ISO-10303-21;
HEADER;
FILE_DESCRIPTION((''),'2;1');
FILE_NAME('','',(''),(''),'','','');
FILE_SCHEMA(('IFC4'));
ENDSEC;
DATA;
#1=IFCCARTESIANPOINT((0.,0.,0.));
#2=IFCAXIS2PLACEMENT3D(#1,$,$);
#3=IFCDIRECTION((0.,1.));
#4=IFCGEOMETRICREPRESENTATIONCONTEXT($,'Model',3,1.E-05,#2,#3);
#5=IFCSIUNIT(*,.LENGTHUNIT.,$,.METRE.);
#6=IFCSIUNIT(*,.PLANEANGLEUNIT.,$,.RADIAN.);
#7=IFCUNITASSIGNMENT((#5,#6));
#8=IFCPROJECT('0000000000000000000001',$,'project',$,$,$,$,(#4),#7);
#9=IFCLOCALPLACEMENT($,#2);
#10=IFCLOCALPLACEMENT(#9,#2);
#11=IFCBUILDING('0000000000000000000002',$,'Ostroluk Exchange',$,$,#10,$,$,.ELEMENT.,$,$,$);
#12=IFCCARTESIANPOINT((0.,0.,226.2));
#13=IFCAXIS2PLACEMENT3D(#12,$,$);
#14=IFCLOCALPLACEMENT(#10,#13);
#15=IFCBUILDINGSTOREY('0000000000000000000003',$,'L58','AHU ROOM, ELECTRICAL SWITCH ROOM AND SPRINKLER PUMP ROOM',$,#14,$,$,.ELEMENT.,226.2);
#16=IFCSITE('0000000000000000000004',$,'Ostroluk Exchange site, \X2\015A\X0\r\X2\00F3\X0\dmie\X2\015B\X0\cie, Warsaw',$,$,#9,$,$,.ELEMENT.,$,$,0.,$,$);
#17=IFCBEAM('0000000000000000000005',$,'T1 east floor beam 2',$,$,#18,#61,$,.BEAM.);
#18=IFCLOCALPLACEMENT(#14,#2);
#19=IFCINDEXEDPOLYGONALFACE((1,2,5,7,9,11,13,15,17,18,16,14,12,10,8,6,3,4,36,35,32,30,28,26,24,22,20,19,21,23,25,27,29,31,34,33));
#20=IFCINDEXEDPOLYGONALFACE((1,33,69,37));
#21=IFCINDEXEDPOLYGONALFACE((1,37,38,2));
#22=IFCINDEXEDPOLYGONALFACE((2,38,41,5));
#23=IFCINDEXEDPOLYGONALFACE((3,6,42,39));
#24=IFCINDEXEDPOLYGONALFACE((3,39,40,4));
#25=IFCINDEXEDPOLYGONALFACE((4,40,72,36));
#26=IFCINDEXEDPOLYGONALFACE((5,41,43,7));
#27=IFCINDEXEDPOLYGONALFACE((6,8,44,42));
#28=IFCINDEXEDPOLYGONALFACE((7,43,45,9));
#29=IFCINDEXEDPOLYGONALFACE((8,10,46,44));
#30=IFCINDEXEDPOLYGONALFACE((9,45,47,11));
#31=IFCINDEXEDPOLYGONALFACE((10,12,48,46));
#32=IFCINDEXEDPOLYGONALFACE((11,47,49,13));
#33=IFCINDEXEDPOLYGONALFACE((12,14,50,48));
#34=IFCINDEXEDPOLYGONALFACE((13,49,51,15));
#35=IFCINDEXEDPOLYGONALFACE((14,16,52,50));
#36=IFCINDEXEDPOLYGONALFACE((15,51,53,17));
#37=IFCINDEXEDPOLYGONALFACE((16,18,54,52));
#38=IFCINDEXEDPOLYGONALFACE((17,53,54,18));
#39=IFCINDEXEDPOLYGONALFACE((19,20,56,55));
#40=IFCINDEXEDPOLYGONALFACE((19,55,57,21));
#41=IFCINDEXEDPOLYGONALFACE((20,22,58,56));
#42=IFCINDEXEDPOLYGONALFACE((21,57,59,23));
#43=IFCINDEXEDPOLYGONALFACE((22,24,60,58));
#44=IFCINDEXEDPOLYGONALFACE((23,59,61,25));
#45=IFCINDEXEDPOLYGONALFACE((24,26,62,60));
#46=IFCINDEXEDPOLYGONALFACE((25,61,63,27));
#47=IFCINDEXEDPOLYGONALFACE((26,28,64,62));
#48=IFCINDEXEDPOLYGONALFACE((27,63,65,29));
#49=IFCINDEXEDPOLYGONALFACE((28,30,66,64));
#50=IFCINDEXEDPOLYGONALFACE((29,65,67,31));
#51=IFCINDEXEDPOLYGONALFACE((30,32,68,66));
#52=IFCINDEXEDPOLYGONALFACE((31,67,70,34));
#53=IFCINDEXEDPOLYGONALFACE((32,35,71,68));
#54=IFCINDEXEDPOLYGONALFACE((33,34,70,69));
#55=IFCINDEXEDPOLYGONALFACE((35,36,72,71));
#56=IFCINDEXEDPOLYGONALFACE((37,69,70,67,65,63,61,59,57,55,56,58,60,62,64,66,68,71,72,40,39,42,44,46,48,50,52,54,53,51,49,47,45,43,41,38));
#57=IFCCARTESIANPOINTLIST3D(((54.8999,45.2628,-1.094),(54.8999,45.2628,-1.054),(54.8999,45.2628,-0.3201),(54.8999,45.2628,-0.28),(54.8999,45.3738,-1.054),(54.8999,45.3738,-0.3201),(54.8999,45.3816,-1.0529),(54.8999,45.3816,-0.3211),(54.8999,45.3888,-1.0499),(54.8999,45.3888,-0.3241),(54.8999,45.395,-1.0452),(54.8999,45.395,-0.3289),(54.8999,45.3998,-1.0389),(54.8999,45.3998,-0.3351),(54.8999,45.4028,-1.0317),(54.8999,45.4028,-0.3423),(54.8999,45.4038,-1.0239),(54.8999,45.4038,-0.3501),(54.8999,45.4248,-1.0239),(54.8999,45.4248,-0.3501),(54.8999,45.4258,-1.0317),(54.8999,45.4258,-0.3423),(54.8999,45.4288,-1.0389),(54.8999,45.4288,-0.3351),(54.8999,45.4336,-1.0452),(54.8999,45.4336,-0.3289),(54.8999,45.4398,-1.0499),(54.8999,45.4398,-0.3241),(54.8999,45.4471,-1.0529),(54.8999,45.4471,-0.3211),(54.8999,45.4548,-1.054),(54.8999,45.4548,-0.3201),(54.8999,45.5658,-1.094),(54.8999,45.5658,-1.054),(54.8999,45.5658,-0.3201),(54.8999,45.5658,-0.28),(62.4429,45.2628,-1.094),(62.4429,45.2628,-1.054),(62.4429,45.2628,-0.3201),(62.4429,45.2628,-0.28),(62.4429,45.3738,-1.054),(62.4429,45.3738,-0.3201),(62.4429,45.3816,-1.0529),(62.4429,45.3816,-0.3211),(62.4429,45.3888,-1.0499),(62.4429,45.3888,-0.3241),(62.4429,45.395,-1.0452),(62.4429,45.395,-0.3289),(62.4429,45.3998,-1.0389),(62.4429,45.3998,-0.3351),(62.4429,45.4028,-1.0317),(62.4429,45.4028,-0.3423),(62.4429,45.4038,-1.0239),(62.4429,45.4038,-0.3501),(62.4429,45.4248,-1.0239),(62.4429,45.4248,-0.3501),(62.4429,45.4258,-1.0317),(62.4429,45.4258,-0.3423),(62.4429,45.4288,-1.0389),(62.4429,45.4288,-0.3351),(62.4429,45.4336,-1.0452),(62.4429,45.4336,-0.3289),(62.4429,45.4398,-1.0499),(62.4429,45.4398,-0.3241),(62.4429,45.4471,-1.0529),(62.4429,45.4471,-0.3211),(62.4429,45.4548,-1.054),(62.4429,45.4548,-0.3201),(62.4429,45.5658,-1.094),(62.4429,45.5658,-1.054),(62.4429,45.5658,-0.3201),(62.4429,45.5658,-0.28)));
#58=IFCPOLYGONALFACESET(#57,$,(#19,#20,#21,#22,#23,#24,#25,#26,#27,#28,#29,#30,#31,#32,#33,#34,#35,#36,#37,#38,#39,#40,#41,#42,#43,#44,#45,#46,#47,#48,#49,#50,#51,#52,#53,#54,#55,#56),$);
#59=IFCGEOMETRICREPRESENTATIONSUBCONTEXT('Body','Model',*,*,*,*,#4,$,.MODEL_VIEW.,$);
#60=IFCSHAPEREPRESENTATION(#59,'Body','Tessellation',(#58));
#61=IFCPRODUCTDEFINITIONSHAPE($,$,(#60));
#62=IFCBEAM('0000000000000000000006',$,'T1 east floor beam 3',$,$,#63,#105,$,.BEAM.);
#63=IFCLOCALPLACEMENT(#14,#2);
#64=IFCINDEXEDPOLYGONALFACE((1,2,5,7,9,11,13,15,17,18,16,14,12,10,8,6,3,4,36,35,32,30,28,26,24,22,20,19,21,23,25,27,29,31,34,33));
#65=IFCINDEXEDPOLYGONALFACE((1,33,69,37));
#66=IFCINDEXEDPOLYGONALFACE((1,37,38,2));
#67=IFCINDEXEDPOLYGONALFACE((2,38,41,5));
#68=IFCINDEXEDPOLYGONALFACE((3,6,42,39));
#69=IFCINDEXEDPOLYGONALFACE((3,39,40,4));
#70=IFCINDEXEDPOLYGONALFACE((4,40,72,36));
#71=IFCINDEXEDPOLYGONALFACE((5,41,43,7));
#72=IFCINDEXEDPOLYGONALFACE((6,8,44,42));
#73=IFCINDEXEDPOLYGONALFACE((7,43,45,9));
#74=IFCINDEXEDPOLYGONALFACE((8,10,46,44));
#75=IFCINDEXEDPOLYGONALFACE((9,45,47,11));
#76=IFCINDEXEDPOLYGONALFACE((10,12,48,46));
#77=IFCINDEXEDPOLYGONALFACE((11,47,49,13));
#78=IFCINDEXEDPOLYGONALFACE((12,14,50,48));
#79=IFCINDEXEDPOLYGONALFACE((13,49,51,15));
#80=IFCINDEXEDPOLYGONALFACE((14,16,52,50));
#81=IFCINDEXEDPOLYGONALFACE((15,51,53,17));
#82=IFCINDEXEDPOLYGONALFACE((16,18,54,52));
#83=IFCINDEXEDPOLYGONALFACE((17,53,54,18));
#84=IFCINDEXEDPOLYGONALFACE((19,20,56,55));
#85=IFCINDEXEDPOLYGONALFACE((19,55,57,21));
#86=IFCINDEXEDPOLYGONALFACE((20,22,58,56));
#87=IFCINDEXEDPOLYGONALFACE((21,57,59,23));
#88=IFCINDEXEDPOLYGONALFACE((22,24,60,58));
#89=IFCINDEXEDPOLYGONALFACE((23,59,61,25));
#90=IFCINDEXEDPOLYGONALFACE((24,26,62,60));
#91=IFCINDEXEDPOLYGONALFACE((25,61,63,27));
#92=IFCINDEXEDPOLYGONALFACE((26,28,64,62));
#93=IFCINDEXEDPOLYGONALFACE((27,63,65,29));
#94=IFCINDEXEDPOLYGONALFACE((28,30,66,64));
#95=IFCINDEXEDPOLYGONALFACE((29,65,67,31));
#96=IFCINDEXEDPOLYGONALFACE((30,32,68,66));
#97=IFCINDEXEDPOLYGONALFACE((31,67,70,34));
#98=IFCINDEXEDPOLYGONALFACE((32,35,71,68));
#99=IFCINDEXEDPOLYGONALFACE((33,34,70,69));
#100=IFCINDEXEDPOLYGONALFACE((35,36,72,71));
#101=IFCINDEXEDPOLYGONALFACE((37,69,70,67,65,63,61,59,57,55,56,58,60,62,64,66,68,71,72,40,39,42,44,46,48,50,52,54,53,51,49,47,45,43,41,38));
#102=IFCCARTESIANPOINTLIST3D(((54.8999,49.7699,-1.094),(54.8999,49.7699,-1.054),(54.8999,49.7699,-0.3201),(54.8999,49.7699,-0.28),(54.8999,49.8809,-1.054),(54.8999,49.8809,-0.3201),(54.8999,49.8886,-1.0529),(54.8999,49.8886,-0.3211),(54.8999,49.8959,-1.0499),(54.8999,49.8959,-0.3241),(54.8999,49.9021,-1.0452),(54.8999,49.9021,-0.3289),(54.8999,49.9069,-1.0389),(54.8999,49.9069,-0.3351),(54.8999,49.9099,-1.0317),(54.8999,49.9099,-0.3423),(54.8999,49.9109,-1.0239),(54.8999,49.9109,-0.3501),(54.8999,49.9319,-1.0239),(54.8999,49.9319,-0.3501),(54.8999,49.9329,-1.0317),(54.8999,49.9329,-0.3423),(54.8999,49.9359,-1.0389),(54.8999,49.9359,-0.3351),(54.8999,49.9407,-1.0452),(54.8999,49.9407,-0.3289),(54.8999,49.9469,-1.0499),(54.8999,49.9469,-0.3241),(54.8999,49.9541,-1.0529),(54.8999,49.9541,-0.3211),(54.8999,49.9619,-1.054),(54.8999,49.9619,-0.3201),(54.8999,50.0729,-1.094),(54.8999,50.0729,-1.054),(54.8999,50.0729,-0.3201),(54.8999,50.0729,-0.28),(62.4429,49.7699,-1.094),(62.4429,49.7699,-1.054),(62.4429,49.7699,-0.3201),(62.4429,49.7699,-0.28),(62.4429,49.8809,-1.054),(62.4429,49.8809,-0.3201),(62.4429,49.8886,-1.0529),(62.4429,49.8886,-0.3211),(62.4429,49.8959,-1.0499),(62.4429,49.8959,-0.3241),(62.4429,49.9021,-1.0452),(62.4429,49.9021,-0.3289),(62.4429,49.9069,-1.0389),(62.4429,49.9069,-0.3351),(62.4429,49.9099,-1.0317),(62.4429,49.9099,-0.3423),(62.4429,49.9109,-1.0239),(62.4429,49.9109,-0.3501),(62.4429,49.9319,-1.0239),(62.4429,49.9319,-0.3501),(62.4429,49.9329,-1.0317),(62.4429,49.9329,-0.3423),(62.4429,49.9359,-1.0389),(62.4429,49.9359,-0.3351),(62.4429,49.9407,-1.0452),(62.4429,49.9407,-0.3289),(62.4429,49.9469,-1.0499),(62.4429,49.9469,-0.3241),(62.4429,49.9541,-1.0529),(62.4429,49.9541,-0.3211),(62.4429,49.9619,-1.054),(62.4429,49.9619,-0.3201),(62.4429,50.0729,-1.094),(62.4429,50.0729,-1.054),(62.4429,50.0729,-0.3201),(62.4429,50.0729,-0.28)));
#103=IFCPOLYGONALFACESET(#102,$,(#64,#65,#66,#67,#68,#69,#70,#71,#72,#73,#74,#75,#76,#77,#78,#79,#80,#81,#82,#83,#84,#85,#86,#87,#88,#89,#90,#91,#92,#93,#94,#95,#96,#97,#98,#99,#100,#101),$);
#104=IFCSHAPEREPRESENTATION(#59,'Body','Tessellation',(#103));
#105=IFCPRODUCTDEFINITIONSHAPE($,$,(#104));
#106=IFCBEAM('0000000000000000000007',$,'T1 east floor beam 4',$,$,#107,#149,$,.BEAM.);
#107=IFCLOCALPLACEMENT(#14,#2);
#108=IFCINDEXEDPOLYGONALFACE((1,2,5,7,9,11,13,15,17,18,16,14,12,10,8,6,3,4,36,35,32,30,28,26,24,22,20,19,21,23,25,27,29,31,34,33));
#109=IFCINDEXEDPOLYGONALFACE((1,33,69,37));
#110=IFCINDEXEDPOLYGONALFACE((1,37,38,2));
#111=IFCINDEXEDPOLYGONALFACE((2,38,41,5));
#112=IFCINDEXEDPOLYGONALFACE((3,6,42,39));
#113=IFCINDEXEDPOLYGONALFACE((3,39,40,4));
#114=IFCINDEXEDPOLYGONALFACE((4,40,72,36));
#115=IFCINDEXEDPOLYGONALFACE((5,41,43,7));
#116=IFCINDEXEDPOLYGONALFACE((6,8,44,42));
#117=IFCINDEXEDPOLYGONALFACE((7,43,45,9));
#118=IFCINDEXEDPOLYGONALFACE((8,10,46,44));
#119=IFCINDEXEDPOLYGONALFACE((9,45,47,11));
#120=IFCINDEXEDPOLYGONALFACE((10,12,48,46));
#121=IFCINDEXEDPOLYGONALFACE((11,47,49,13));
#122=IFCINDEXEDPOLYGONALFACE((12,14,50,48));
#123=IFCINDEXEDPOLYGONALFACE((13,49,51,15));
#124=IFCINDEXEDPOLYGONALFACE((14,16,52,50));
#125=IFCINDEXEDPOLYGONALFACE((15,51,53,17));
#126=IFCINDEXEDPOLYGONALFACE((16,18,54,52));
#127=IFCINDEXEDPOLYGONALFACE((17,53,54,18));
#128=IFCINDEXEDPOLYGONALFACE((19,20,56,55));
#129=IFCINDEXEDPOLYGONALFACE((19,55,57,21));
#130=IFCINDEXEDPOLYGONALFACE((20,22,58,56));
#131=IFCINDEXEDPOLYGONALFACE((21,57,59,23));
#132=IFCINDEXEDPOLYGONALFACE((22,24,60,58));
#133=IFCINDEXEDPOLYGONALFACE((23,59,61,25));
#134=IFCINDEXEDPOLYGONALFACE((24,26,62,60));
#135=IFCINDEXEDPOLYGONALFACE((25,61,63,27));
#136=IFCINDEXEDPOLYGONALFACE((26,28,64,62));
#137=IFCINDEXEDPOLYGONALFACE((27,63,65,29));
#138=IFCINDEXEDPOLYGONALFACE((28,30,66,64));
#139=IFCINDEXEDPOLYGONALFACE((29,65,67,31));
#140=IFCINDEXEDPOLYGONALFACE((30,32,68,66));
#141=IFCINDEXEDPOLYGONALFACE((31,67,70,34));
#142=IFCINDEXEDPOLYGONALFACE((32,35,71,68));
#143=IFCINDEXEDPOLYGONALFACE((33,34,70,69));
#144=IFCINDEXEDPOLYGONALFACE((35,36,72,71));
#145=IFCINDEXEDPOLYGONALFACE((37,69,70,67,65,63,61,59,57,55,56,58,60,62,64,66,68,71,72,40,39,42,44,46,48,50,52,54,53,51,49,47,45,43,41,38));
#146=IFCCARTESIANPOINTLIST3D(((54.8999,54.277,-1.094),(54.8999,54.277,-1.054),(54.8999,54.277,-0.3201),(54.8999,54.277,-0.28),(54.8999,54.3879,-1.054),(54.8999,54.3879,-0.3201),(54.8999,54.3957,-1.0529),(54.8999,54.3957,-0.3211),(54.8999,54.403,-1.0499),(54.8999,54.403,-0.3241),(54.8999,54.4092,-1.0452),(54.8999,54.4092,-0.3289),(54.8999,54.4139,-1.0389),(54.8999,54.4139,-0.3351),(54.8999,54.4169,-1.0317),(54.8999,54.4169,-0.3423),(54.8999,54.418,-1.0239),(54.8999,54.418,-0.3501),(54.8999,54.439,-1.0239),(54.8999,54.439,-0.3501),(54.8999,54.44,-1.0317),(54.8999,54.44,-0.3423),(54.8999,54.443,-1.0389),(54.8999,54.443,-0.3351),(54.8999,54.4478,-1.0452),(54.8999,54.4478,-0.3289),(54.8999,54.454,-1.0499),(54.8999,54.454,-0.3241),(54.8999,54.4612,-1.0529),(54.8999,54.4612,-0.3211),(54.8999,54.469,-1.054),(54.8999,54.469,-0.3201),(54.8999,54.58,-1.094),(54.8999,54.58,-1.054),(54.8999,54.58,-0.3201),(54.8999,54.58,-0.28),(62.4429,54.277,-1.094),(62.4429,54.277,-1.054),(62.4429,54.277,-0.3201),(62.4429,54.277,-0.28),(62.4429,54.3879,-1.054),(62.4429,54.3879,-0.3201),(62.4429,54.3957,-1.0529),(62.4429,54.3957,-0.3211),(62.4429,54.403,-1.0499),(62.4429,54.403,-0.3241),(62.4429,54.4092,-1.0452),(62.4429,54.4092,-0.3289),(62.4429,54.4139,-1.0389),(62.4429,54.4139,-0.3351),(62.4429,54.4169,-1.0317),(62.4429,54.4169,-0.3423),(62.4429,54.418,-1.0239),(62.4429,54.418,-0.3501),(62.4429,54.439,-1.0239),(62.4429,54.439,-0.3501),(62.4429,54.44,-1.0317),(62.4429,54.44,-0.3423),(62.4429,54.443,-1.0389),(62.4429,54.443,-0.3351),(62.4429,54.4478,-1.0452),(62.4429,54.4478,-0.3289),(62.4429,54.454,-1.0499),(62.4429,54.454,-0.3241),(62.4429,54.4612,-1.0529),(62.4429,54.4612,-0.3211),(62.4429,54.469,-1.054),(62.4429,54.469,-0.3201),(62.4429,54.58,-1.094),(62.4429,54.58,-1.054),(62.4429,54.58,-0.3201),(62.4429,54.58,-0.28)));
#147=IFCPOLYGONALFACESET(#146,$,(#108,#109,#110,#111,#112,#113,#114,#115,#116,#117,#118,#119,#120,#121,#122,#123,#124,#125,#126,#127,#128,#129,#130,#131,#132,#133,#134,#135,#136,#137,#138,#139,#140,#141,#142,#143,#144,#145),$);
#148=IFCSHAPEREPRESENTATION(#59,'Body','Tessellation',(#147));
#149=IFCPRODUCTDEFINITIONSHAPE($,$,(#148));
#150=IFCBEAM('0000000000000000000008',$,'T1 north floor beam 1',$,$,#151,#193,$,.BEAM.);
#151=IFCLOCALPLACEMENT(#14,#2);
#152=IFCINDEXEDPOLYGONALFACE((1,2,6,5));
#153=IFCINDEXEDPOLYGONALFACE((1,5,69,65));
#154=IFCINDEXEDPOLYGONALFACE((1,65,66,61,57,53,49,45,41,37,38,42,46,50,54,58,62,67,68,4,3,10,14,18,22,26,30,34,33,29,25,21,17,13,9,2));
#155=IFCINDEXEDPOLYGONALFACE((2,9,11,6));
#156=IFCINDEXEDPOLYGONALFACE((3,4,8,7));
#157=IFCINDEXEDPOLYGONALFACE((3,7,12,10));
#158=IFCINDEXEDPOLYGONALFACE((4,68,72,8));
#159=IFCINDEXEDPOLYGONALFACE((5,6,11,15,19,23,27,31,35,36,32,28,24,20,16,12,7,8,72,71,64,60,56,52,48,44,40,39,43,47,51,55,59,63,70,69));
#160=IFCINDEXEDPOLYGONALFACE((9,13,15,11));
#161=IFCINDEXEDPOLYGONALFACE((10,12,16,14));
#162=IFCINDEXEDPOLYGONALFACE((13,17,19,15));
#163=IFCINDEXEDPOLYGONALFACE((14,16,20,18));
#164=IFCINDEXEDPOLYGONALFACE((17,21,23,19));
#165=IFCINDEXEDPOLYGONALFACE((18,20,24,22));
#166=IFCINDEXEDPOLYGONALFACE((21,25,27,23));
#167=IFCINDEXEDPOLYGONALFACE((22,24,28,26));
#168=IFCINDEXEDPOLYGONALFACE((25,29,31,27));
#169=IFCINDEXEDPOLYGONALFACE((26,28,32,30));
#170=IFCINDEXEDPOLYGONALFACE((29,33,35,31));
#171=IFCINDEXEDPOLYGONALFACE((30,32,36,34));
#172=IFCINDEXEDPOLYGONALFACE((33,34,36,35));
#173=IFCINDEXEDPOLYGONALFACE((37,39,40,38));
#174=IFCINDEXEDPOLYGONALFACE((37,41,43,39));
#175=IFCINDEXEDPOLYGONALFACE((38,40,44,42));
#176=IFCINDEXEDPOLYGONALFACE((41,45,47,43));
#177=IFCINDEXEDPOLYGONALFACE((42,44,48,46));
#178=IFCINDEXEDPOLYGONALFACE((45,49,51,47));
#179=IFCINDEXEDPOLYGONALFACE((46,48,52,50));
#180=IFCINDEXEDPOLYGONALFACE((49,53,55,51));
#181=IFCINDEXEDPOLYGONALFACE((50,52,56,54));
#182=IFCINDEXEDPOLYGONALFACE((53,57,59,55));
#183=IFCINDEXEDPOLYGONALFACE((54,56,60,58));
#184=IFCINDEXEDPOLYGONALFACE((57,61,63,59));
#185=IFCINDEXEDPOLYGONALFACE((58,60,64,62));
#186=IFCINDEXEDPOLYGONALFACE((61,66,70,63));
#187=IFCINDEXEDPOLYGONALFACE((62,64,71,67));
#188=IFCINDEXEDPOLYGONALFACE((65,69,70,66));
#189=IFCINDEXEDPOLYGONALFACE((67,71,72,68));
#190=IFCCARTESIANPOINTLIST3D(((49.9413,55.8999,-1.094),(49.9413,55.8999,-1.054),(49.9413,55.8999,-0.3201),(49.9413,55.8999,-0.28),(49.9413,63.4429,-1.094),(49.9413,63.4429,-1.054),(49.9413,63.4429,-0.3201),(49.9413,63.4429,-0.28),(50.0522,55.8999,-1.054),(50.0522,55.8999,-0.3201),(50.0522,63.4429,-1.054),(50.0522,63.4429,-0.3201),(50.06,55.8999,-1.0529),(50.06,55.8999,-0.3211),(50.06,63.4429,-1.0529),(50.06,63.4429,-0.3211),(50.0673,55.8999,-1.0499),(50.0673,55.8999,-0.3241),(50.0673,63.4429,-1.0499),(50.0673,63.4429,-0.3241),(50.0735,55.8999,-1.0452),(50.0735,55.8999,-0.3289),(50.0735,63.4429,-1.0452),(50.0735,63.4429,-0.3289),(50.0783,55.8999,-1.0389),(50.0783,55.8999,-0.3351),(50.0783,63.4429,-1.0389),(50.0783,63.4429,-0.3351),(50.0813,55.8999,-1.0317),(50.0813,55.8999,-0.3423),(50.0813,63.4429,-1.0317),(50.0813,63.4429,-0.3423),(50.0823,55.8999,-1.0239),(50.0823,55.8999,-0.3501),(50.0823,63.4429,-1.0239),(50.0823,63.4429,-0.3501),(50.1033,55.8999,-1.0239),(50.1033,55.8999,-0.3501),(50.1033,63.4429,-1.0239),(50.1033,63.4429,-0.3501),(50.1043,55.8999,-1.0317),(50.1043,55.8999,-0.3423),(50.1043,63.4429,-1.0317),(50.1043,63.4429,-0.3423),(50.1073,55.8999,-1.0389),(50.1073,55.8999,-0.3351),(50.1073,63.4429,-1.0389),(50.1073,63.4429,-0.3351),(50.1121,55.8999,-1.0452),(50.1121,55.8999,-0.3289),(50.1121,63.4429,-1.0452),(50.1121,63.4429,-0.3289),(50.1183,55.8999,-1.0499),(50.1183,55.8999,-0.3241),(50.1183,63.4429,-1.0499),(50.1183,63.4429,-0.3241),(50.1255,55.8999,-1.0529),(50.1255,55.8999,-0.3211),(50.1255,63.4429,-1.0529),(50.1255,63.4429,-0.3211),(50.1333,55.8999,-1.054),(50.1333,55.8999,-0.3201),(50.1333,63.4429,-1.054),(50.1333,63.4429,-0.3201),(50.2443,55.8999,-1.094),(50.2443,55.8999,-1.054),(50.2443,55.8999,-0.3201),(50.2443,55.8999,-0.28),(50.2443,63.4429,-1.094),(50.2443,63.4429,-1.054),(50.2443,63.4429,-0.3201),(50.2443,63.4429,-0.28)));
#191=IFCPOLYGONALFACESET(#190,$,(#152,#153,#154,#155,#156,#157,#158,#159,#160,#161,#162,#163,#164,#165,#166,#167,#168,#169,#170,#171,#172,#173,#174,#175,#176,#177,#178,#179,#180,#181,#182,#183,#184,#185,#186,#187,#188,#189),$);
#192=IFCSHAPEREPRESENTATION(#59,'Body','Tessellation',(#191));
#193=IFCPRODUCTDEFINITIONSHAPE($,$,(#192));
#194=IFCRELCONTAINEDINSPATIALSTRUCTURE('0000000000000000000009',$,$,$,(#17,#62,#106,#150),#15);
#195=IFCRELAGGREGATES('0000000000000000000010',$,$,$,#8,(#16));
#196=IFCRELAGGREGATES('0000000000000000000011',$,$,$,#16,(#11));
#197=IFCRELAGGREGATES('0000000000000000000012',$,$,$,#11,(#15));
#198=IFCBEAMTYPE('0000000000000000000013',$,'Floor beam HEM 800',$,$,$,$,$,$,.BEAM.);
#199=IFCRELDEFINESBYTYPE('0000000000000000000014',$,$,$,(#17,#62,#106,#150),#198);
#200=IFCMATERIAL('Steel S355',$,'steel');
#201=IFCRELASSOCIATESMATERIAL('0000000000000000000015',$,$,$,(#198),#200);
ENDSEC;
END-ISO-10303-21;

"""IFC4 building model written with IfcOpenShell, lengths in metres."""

from ifc_helpers import new_model, si_unit, direction, frame, origin, origin_2d, place, context, subcontext, project, spatial, i_section, extrude, material, material_profile, profile_set, type_object, element, save


model = new_model("IFC4")

# Units and contexts
model_context = context("Model", 3, precision=1e-05, world=origin(), true_north=direction((0.0, 1.0)))
body_context = subcontext(model_context, "Body", "Model", "MODEL_VIEW")
ifc_project = project(units=[si_unit("LENGTHUNIT", "METRE"), si_unit("PLANEANGLEUNIT", "RADIAN")], contexts=[model_context])

# Site, building, storey
site_placement = place(None, origin())
site = spatial("IfcSite", under=ifc_project, at=site_placement, Name="Ostroluk Exchange site, Śródmieście, Warsaw", CompositionType="ELEMENT", RefElevation=0.0)
building_placement = place(site_placement, origin())
building = spatial("IfcBuilding", under=site, at=building_placement, Name="Ostroluk Exchange", CompositionType="ELEMENT")
storey_placement = place(building_placement, frame((0.0, 0.0, 226.2)))
storey = spatial("IfcBuildingStorey", under=building, at=storey_placement, Name="L58", Description="AHU ROOM, ELECTRICAL SWITCH ROOM AND SPRINKLER PUMP ROOM", CompositionType="ELEMENT", Elevation=226.2)

# Beams
ifc_material_1 = material(Name="Steel S355", Category="steel")
ifc_material_profile_1 = material_profile(ifc_material_1, i_section(OverallWidth=0.303, OverallDepth=0.814, WebThickness=0.021, FlangeThickness=0.04, FilletRadius=0.03, at=origin_2d()), Name="HEM 800")
ifc_profile_set_1 = profile_set([ifc_material_profile_1], Name="Steel S355")
beam_type_1 = type_object("IfcBeamType", Name="Floor beam HEM 800", PredefinedType="BEAM", material=ifc_profile_set_1)
for number, where, z_axis, x_axis, name in (
    (1, (54.8999, 45.4143, -0.687), (1.0, 0.0, 0.0), (0.0, 1.0, 0.0), "T1 east floor beam 2"),
    (2, (54.8999, 49.9214, -0.687), (1.0, 0.0, 0.0), (0.0, 1.0, 0.0), "T1 east floor beam 3"),
    (3, (54.8999, 54.4285, -0.687), (1.0, 0.0, 0.0), (0.0, 1.0, 0.0), "T1 east floor beam 4"),
    (4, (50.0928, 55.8999, -0.687), (0.0, 1.0, 0.0), (-1.0, 0.0, 0.0), "T1 north floor beam 1"),
):
    element("IfcBeam", number, at=place(storey_placement, frame(where, z_axis=z_axis, x_axis=x_axis)), inside=storey, type_object=beam_type_1, Name=name, PredefinedType="BEAM", context=body_context, shape_type="SweptSolid", body=[
        extrude(i_section(OverallWidth=0.303, OverallDepth=0.814, WebThickness=0.021, FlangeThickness=0.04, FilletRadius=0.03, at=origin_2d()), origin(), (0.0, 0.0, 1.0), 7.543),
    ])

save(model, "model.ifc")
